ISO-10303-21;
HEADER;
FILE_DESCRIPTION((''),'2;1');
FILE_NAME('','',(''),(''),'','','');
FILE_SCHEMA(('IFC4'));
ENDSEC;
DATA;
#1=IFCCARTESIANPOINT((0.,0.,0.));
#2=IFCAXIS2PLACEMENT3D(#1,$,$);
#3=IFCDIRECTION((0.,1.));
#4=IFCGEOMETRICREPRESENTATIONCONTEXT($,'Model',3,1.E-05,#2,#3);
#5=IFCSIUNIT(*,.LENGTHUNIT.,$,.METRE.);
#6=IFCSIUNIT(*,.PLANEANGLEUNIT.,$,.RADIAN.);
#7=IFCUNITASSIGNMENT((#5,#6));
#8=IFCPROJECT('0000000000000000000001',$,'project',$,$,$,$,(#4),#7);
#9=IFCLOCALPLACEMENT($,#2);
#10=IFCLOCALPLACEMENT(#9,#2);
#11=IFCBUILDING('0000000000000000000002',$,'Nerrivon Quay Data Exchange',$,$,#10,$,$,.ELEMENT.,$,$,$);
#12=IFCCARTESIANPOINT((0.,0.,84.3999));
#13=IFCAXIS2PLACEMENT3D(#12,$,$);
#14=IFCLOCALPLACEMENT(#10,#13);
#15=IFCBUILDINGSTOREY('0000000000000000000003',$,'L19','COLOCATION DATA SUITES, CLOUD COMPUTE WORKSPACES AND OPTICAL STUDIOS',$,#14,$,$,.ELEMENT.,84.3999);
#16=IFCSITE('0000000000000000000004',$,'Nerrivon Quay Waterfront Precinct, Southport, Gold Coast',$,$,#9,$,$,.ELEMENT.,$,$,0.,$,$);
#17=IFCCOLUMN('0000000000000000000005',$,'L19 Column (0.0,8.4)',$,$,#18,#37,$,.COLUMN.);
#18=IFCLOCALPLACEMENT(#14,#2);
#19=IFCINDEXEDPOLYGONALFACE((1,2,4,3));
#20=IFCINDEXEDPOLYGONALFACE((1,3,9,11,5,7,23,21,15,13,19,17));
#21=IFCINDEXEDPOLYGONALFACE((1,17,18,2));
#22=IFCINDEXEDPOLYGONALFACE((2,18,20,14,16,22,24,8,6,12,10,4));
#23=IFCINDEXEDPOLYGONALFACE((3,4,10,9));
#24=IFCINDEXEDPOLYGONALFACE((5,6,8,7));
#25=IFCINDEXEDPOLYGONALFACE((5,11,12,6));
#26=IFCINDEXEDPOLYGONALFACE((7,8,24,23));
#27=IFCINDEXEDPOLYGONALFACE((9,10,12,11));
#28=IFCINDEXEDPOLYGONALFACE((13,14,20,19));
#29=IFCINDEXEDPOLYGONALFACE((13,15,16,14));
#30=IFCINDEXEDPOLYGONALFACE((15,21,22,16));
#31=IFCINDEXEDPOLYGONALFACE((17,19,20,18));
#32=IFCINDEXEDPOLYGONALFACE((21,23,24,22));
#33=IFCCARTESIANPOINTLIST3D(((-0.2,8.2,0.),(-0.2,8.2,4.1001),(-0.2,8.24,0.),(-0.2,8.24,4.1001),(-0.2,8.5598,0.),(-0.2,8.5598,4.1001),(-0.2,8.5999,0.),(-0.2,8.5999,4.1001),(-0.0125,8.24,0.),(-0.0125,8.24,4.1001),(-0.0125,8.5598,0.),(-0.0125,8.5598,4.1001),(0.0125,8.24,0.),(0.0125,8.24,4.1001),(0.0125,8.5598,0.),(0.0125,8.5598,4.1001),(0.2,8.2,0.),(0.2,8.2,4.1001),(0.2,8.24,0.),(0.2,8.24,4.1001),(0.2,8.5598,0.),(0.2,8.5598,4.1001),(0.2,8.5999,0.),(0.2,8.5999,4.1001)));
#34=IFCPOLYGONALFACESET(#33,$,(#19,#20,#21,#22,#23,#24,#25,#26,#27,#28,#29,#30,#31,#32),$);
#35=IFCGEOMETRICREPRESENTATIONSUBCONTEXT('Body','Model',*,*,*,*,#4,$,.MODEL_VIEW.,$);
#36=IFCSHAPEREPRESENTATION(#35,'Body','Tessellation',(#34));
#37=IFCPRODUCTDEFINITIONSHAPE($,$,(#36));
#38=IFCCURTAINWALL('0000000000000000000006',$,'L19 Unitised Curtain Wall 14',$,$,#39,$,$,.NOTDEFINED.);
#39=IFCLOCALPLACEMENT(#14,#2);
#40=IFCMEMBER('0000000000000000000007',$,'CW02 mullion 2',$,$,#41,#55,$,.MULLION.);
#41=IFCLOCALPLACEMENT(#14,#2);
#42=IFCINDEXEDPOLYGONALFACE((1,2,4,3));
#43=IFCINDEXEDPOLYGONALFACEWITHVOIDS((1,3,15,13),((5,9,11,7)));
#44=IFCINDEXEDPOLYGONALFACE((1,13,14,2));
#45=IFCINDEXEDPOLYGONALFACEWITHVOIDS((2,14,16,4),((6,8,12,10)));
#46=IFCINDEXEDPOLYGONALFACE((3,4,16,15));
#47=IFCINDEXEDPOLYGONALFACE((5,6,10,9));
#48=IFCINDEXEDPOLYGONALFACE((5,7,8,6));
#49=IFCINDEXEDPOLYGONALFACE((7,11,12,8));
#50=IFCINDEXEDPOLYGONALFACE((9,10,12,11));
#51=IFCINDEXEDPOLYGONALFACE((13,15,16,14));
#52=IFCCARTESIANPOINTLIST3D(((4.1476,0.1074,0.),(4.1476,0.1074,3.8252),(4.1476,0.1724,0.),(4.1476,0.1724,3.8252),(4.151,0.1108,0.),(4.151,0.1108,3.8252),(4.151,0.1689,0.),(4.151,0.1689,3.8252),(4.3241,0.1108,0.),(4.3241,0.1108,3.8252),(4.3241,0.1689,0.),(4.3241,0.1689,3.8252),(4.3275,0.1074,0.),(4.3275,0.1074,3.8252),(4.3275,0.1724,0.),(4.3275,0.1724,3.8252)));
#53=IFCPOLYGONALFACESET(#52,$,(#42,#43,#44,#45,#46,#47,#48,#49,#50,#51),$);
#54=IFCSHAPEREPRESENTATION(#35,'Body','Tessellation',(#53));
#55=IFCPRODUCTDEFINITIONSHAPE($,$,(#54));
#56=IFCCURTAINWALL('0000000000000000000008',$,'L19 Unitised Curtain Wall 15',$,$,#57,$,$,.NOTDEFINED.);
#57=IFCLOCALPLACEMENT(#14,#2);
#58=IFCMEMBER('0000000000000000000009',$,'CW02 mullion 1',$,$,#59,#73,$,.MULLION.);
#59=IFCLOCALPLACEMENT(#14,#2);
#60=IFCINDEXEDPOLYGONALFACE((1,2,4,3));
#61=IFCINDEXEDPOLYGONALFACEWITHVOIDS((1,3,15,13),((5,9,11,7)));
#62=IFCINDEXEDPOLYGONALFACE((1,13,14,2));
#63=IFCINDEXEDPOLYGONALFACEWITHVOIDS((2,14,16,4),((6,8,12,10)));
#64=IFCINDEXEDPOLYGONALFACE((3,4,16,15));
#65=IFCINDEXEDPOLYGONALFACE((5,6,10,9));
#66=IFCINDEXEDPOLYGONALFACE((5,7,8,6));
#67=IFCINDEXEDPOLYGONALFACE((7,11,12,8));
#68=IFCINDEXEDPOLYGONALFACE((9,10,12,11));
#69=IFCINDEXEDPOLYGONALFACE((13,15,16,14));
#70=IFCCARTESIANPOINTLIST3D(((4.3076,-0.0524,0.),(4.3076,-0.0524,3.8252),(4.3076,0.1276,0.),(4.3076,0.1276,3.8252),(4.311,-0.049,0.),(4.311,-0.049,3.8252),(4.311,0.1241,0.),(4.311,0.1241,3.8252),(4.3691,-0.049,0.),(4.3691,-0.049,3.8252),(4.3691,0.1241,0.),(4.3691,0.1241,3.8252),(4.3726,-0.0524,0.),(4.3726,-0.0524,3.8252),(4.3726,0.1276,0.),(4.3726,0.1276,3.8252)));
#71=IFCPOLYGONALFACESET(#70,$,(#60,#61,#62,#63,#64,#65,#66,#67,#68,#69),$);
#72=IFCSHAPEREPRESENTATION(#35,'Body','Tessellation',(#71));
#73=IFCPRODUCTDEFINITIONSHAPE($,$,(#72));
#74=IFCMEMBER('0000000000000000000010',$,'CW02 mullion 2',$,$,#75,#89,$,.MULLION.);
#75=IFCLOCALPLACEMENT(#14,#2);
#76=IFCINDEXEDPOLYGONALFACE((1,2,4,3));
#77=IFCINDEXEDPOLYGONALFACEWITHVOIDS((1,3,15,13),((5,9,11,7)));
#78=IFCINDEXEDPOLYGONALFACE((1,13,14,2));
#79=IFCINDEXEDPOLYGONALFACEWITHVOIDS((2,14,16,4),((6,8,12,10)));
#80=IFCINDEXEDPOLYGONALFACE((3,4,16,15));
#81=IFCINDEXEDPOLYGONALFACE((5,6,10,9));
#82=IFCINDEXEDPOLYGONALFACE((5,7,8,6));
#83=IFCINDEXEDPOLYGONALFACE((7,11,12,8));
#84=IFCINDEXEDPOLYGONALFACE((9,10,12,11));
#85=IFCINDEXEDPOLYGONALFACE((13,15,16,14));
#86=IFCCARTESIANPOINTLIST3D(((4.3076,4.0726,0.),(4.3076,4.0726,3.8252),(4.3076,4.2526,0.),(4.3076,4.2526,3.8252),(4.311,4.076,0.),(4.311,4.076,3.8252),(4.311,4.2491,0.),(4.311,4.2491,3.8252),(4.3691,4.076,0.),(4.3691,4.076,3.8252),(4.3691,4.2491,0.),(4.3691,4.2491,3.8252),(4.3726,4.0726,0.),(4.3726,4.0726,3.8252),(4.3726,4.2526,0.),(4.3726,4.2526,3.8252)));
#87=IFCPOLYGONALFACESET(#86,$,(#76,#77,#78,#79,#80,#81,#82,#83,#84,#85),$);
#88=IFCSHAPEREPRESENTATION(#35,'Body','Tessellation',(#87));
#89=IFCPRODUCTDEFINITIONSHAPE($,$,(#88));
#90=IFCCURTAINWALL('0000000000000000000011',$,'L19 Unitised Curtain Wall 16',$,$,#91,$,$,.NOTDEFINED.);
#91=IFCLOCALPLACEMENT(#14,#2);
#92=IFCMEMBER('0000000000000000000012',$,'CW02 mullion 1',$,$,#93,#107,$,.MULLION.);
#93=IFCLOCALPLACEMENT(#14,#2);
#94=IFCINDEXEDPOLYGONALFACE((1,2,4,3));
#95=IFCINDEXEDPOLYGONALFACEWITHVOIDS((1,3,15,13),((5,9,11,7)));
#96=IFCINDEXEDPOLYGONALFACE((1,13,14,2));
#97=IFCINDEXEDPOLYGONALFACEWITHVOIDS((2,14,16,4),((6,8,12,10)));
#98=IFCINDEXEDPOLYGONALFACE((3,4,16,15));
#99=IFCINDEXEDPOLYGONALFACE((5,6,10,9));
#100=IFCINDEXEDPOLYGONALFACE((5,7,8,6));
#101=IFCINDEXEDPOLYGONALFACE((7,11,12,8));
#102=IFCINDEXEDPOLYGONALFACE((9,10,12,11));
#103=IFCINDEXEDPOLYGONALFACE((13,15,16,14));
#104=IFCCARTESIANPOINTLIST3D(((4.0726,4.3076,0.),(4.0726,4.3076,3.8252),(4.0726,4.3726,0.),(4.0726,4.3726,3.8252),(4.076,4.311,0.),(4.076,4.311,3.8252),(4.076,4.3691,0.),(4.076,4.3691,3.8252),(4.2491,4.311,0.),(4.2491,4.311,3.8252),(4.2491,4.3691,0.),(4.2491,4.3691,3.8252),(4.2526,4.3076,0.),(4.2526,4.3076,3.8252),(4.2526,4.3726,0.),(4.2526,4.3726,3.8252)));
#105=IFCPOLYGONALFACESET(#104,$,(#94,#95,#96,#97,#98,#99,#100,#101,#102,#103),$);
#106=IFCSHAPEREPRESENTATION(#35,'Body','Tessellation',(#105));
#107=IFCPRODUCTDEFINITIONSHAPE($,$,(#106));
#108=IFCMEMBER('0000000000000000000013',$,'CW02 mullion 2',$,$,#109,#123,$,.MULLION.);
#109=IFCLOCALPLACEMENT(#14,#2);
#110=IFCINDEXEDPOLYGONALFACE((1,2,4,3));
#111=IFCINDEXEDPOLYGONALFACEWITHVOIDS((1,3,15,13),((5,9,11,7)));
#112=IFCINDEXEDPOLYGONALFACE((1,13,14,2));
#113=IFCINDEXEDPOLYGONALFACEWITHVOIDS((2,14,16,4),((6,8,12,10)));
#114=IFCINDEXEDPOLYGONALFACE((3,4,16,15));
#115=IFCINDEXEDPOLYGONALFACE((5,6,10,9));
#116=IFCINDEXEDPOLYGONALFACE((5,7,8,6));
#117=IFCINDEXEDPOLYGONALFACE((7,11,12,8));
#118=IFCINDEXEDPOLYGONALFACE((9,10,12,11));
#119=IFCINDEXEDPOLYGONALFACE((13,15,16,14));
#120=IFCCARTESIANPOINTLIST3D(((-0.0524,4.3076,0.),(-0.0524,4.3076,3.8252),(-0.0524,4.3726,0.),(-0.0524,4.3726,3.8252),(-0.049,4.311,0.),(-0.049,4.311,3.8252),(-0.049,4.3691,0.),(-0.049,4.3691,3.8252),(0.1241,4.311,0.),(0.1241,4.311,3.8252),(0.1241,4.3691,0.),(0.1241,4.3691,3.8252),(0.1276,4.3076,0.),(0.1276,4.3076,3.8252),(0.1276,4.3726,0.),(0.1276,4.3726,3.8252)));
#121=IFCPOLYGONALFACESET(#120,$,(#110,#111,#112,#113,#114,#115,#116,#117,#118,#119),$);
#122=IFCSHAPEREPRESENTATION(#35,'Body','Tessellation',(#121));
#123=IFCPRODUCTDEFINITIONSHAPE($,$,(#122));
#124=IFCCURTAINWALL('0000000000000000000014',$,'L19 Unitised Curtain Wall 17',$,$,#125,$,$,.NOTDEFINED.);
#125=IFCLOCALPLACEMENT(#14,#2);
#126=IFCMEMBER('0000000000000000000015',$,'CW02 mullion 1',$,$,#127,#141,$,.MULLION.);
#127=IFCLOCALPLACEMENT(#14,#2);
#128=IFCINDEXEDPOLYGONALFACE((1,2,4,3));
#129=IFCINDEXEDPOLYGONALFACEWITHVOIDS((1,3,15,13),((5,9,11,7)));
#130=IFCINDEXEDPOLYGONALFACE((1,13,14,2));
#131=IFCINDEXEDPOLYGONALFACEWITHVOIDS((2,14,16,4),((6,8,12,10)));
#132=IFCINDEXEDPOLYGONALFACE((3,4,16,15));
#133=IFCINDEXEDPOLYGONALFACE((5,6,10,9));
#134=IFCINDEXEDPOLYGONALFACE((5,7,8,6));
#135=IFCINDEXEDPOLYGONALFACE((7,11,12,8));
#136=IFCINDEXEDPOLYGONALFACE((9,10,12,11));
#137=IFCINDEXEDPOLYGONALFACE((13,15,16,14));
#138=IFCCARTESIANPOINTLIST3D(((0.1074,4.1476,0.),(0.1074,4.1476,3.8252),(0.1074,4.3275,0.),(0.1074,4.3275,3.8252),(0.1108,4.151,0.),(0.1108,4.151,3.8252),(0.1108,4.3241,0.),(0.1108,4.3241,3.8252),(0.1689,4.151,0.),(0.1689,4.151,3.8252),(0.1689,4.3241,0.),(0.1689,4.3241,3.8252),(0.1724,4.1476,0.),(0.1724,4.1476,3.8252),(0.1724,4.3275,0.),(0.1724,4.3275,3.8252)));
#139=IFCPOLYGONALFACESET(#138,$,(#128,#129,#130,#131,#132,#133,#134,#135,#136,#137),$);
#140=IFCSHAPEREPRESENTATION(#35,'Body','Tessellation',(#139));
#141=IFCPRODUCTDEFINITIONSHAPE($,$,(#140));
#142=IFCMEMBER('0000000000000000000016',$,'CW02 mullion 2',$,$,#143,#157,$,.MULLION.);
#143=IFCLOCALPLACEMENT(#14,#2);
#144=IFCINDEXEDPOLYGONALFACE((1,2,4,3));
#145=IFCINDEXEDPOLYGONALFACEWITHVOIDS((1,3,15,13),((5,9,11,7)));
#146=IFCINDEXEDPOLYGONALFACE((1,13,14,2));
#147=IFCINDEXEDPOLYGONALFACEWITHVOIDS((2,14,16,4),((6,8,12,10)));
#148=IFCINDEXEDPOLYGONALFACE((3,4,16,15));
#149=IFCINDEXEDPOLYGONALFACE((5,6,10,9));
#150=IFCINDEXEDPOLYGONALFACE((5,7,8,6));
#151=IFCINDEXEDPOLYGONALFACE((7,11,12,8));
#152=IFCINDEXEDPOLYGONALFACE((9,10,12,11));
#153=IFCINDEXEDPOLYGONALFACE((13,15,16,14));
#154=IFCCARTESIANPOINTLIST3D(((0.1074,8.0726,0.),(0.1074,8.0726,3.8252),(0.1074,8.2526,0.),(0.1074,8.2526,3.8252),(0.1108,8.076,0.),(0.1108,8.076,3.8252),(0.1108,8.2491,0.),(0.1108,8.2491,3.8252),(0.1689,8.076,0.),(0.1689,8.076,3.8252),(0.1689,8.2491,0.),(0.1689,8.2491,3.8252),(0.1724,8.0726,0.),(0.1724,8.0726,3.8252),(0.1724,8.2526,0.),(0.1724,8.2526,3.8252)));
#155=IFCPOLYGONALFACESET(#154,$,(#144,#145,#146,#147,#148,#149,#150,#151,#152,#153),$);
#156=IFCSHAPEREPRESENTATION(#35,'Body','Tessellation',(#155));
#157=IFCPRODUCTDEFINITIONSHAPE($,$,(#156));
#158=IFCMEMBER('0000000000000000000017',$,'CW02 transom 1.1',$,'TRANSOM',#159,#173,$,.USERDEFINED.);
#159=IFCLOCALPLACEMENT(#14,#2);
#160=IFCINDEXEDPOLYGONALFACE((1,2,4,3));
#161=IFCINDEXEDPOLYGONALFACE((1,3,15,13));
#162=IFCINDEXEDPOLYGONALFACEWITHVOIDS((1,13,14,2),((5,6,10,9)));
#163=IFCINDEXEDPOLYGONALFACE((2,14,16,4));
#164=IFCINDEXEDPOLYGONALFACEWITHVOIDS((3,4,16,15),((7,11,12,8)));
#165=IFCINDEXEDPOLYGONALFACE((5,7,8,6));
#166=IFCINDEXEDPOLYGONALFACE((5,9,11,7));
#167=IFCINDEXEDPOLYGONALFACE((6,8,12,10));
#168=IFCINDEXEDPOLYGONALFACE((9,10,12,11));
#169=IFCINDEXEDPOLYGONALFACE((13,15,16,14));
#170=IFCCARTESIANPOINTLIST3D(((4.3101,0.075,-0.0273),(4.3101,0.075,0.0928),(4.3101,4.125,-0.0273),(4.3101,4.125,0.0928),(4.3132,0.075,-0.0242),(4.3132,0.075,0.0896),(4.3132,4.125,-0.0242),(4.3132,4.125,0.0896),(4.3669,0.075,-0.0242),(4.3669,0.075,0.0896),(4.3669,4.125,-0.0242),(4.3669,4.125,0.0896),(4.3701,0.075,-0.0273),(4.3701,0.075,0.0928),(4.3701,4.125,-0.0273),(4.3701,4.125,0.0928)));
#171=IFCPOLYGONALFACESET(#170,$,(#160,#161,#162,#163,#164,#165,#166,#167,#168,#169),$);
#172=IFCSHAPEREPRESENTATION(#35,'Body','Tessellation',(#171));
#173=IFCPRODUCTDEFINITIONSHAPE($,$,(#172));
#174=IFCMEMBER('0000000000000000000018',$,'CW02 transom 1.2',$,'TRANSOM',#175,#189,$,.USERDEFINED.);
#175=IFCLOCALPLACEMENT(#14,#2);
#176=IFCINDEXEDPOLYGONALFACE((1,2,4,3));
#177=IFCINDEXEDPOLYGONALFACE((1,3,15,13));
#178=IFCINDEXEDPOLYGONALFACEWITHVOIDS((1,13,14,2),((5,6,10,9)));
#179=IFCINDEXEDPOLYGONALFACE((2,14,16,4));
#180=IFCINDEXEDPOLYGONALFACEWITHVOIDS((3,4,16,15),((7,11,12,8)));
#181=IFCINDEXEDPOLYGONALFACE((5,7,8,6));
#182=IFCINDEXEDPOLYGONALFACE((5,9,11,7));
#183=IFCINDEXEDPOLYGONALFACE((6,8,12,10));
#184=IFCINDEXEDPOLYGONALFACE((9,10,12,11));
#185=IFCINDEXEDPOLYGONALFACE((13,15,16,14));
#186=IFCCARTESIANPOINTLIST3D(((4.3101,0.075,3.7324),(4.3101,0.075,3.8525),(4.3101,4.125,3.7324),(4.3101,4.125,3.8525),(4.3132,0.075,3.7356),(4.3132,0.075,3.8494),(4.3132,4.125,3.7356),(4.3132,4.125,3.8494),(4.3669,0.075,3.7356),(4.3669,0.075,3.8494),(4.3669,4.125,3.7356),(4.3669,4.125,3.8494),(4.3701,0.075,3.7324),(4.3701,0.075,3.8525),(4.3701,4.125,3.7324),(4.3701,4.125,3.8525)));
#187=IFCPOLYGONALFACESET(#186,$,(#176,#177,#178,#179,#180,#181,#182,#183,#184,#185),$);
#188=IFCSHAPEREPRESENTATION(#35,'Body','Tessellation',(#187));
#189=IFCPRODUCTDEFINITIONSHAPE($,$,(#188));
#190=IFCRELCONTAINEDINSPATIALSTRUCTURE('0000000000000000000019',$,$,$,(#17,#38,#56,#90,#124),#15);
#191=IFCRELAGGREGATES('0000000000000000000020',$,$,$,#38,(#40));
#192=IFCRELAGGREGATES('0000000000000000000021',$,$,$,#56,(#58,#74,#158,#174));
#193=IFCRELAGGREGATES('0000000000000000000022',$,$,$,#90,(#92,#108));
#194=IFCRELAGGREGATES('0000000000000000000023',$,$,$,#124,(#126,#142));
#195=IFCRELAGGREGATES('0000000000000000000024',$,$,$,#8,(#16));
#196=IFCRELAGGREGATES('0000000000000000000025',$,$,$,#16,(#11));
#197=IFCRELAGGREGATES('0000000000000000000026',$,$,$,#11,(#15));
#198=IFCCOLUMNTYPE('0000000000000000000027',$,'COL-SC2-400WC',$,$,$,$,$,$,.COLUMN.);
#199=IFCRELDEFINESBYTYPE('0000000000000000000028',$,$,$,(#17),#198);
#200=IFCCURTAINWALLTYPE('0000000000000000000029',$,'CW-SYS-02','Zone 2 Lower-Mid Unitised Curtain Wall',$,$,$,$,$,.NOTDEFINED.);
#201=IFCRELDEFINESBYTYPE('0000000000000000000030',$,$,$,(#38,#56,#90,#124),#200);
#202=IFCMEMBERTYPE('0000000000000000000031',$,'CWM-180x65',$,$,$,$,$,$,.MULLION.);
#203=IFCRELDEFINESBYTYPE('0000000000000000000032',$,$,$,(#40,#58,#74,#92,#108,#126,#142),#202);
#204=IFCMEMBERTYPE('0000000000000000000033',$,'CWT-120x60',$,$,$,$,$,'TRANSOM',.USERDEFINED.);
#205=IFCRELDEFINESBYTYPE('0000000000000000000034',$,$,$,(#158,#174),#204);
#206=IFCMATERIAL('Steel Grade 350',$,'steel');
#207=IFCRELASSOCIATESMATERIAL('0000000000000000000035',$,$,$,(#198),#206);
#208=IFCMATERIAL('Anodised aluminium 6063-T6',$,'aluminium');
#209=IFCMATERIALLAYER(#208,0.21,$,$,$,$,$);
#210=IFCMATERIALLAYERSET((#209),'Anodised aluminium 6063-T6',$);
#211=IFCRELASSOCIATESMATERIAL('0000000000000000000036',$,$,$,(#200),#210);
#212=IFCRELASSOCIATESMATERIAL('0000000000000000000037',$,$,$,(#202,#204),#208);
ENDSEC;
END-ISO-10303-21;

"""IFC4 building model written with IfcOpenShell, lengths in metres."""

from ifc_helpers import new_model, si_unit, direction, frame, origin, origin_2d, place, context, subcontext, project, spatial, hollow_rectangle, i_section, extrude, material, layer, layer_set, material_profile, profile_set, type_object, element, aggregate, save


model = new_model("IFC4")

# Units and contexts
model_context = context("Model", 3, precision=1e-05, world=origin(), true_north=direction((0.0, 1.0)))
body_context = subcontext(model_context, "Body", "Model", "MODEL_VIEW")
ifc_project = project(units=[si_unit("LENGTHUNIT", "METRE"), si_unit("PLANEANGLEUNIT", "RADIAN")], contexts=[model_context])

# Site, building, storey
site_placement = place(None, origin())
site = spatial("IfcSite", under=ifc_project, at=site_placement, Name="Nerrivon Quay Waterfront Precinct, Southport, Gold Coast", CompositionType="ELEMENT", RefElevation=0.0)
building_placement = place(site_placement, origin())
building = spatial("IfcBuilding", under=site, at=building_placement, Name="Nerrivon Quay Data Exchange", CompositionType="ELEMENT")
storey_placement = place(building_placement, frame((0.0, 0.0, 84.3999)))
storey = spatial("IfcBuildingStorey", under=building, at=storey_placement, Name="L19", Description="COLOCATION DATA SUITES, CLOUD COMPUTE WORKSPACES AND OPTICAL STUDIOS", CompositionType="ELEMENT", Elevation=84.3999)

# Column
ifc_material_1 = material(Name="Steel Grade 350", Category="steel")
ifc_material_profile_1 = material_profile(ifc_material_1, i_section(OverallWidth=0.3999, OverallDepth=0.3999, WebThickness=0.0249, FlangeThickness=0.04, at=origin_2d()), Name="400WC328")
ifc_profile_set_1 = profile_set([ifc_material_profile_1], Name="Steel Grade 350")
column_type = type_object("IfcColumnType", Name="COL-SC2-400WC", PredefinedType="COLUMN", material=ifc_profile_set_1)
column_placement = place(storey_placement, frame((0.0, 8.3999, 0.0), z_axis=(0.0, 0.0, 1.0), x_axis=(1.0, 0.0, 0.0)))
element("IfcColumn", 1, at=column_placement, inside=storey, type_object=column_type, Name="L19 Column (0.0,8.4)", PredefinedType="COLUMN", context=body_context, shape_type="SweptSolid", body=[
    extrude(i_section(OverallWidth=0.3999, OverallDepth=0.3999, WebThickness=0.0249, FlangeThickness=0.04, at=origin_2d()), origin(), (0.0, 0.0, 1.0), 4.1001),
])

# Curtain wall, member
ifc_material_2 = material(Name="Anodised aluminium 6063-T6", Category="aluminium")
ifc_layer_1 = layer(ifc_material_2, 0.21)
ifc_layer_set_1 = layer_set([ifc_layer_1], Name="Anodised aluminium 6063-T6")
curtain_wall_type = type_object("IfcCurtainWallType", Name="CW-SYS-02", Description="Zone 2 Lower-Mid Unitised Curtain Wall", PredefinedType="NOTDEFINED", material=ifc_layer_set_1)
curtain_wall_1_placement = place(storey_placement, origin())
curtain_wall_1 = element("IfcCurtainWall", 2, at=curtain_wall_1_placement, inside=storey, type_object=curtain_wall_type, Name="L19 Unitised Curtain Wall 14", PredefinedType="NOTDEFINED")
ifc_material_profile_2 = material_profile(ifc_material_2, hollow_rectangle(XDim=0.0649, YDim=0.1799, WallThickness=0.0034, at=origin_2d()), Name="ALU-MULL-180x65")
ifc_profile_set_2 = profile_set([ifc_material_profile_2], Name="Anodised aluminium 6063-T6")
member_type_1 = type_object("IfcMemberType", Name="CWM-180x65", PredefinedType="MULLION", material=ifc_profile_set_2)
member_1_placement = place(storey_placement, frame((4.2375, 0.1399, 0.0), z_axis=(0.0, 0.0, 1.0), x_axis=(0.0, -1.0, 0.0)))
member_1 = element("IfcMember", 3, at=member_1_placement, type_object=member_type_1, Name="CW02 mullion 2", PredefinedType="MULLION", context=body_context, shape_type="SweptSolid", body=[
    extrude(hollow_rectangle(XDim=0.0649, YDim=0.1799, WallThickness=0.0034, at=origin_2d()), origin(), (0.0, 0.0, 1.0), 3.8252),
])
aggregate(curtain_wall_1, [member_1])

# Curtain walls, members
curtain_wall_2_placement = place(storey_placement, origin())
curtain_wall_2 = element("IfcCurtainWall", 4, at=curtain_wall_2_placement, inside=storey, type_object=curtain_wall_type, Name="L19 Unitised Curtain Wall 15", PredefinedType="NOTDEFINED")
member_2_placement = place(storey_placement, frame((4.3401, 0.0376, 0.0), z_axis=(0.0, 0.0, 1.0), x_axis=(-1.0, 0.0, 0.0)))
member_2 = element("IfcMember", 5, at=member_2_placement, type_object=member_type_1, Name="CW02 mullion 1", PredefinedType="MULLION", context=body_context, shape_type="SweptSolid", body=[
    extrude(hollow_rectangle(XDim=0.0649, YDim=0.1799, WallThickness=0.0034, at=origin_2d()), origin(), (0.0, 0.0, 1.0), 3.8252),
])
member_3_placement = place(storey_placement, frame((4.3401, 4.1626, 0.0), z_axis=(0.0, 0.0, 1.0), x_axis=(-1.0, 0.0, 0.0)))
member_3 = element("IfcMember", 6, at=member_3_placement, type_object=member_type_1, Name="CW02 mullion 2", PredefinedType="MULLION", context=body_context, shape_type="SweptSolid", body=[
    extrude(hollow_rectangle(XDim=0.0649, YDim=0.1799, WallThickness=0.0034, at=origin_2d()), origin(), (0.0, 0.0, 1.0), 3.8252),
])
curtain_wall_3_placement = place(storey_placement, origin())
curtain_wall_3 = element("IfcCurtainWall", 7, at=curtain_wall_3_placement, inside=storey, type_object=curtain_wall_type, Name="L19 Unitised Curtain Wall 16", PredefinedType="NOTDEFINED")
member_4_placement = place(storey_placement, frame((4.1626, 4.3401, 0.0), z_axis=(0.0, 0.0, 1.0), x_axis=(0.0, -1.0, 0.0)))
member_4 = element("IfcMember", 8, at=member_4_placement, type_object=member_type_1, Name="CW02 mullion 1", PredefinedType="MULLION", context=body_context, shape_type="SweptSolid", body=[
    extrude(hollow_rectangle(XDim=0.0649, YDim=0.1799, WallThickness=0.0034, at=origin_2d()), origin(), (0.0, 0.0, 1.0), 3.8252),
])
member_5_placement = place(storey_placement, frame((0.0376, 4.3401, 0.0), z_axis=(0.0, 0.0, 1.0), x_axis=(0.0, -1.0, 0.0)))
member_5 = element("IfcMember", 9, at=member_5_placement, type_object=member_type_1, Name="CW02 mullion 2", PredefinedType="MULLION", context=body_context, shape_type="SweptSolid", body=[
    extrude(hollow_rectangle(XDim=0.0649, YDim=0.1799, WallThickness=0.0034, at=origin_2d()), origin(), (0.0, 0.0, 1.0), 3.8252),
])
curtain_wall_4_placement = place(storey_placement, origin())
curtain_wall_4 = element("IfcCurtainWall", 10, at=curtain_wall_4_placement, inside=storey, type_object=curtain_wall_type, Name="L19 Unitised Curtain Wall 17", PredefinedType="NOTDEFINED")
member_6_placement = place(storey_placement, frame((0.1399, 4.2375, 0.0), z_axis=(0.0, 0.0, 1.0), x_axis=(-1.0, 0.0, 0.0)))
member_6 = element("IfcMember", 11, at=member_6_placement, type_object=member_type_1, Name="CW02 mullion 1", PredefinedType="MULLION", context=body_context, shape_type="SweptSolid", body=[
    extrude(hollow_rectangle(XDim=0.0649, YDim=0.1799, WallThickness=0.0034, at=origin_2d()), origin(), (0.0, 0.0, 1.0), 3.8252),
])
member_7_placement = place(storey_placement, frame((0.1399, 8.1626, 0.0), z_axis=(0.0, 0.0, 1.0), x_axis=(-1.0, 0.0, 0.0)))
member_7 = element("IfcMember", 12, at=member_7_placement, type_object=member_type_1, Name="CW02 mullion 2", PredefinedType="MULLION", context=body_context, shape_type="SweptSolid", body=[
    extrude(hollow_rectangle(XDim=0.0649, YDim=0.1799, WallThickness=0.0034, at=origin_2d()), origin(), (0.0, 0.0, 1.0), 3.8252),
])

# Members
ifc_material_profile_3 = material_profile(ifc_material_2, hollow_rectangle(XDim=0.0601, YDim=0.1201, WallThickness=0.0032, at=origin_2d()), Name="ALU-TRAN-120x60")
ifc_profile_set_3 = profile_set([ifc_material_profile_3], Name="Anodised aluminium 6063-T6")
member_type_2 = type_object("IfcMemberType", Name="CWT-120x60", ElementType="TRANSOM", PredefinedType="USERDEFINED", material=ifc_profile_set_3)
member_8_placement = place(storey_placement, frame((4.3401, 0.075, 0.0327), z_axis=(0.0, 1.0, 0.0), x_axis=(-1.0, 0.0, 0.0)))
member_8 = element("IfcMember", 13, at=member_8_placement, type_object=member_type_2, Name="CW02 transom 1.1", ObjectType="TRANSOM", PredefinedType="USERDEFINED", context=body_context, shape_type="SweptSolid", body=[
    extrude(hollow_rectangle(XDim=0.0601, YDim=0.1201, WallThickness=0.0032, at=origin_2d()), origin(), (0.0, 0.0, 1.0), 4.05),
])
member_9_placement = place(storey_placement, frame((4.3401, 0.075, 3.7925), z_axis=(0.0, 1.0, 0.0), x_axis=(-1.0, 0.0, 0.0)))
member_9 = element("IfcMember", 14, at=member_9_placement, type_object=member_type_2, Name="CW02 transom 1.2", ObjectType="TRANSOM", PredefinedType="USERDEFINED", context=body_context, shape_type="SweptSolid", body=[
    extrude(hollow_rectangle(XDim=0.0601, YDim=0.1201, WallThickness=0.0032, at=origin_2d()), origin(), (0.0, 0.0, 1.0), 4.05),
])

aggregate(curtain_wall_2, [member_2, member_3, member_8, member_9])
aggregate(curtain_wall_3, [member_4, member_5])
aggregate(curtain_wall_4, [member_6, member_7])

save(model, "model.ifc")
